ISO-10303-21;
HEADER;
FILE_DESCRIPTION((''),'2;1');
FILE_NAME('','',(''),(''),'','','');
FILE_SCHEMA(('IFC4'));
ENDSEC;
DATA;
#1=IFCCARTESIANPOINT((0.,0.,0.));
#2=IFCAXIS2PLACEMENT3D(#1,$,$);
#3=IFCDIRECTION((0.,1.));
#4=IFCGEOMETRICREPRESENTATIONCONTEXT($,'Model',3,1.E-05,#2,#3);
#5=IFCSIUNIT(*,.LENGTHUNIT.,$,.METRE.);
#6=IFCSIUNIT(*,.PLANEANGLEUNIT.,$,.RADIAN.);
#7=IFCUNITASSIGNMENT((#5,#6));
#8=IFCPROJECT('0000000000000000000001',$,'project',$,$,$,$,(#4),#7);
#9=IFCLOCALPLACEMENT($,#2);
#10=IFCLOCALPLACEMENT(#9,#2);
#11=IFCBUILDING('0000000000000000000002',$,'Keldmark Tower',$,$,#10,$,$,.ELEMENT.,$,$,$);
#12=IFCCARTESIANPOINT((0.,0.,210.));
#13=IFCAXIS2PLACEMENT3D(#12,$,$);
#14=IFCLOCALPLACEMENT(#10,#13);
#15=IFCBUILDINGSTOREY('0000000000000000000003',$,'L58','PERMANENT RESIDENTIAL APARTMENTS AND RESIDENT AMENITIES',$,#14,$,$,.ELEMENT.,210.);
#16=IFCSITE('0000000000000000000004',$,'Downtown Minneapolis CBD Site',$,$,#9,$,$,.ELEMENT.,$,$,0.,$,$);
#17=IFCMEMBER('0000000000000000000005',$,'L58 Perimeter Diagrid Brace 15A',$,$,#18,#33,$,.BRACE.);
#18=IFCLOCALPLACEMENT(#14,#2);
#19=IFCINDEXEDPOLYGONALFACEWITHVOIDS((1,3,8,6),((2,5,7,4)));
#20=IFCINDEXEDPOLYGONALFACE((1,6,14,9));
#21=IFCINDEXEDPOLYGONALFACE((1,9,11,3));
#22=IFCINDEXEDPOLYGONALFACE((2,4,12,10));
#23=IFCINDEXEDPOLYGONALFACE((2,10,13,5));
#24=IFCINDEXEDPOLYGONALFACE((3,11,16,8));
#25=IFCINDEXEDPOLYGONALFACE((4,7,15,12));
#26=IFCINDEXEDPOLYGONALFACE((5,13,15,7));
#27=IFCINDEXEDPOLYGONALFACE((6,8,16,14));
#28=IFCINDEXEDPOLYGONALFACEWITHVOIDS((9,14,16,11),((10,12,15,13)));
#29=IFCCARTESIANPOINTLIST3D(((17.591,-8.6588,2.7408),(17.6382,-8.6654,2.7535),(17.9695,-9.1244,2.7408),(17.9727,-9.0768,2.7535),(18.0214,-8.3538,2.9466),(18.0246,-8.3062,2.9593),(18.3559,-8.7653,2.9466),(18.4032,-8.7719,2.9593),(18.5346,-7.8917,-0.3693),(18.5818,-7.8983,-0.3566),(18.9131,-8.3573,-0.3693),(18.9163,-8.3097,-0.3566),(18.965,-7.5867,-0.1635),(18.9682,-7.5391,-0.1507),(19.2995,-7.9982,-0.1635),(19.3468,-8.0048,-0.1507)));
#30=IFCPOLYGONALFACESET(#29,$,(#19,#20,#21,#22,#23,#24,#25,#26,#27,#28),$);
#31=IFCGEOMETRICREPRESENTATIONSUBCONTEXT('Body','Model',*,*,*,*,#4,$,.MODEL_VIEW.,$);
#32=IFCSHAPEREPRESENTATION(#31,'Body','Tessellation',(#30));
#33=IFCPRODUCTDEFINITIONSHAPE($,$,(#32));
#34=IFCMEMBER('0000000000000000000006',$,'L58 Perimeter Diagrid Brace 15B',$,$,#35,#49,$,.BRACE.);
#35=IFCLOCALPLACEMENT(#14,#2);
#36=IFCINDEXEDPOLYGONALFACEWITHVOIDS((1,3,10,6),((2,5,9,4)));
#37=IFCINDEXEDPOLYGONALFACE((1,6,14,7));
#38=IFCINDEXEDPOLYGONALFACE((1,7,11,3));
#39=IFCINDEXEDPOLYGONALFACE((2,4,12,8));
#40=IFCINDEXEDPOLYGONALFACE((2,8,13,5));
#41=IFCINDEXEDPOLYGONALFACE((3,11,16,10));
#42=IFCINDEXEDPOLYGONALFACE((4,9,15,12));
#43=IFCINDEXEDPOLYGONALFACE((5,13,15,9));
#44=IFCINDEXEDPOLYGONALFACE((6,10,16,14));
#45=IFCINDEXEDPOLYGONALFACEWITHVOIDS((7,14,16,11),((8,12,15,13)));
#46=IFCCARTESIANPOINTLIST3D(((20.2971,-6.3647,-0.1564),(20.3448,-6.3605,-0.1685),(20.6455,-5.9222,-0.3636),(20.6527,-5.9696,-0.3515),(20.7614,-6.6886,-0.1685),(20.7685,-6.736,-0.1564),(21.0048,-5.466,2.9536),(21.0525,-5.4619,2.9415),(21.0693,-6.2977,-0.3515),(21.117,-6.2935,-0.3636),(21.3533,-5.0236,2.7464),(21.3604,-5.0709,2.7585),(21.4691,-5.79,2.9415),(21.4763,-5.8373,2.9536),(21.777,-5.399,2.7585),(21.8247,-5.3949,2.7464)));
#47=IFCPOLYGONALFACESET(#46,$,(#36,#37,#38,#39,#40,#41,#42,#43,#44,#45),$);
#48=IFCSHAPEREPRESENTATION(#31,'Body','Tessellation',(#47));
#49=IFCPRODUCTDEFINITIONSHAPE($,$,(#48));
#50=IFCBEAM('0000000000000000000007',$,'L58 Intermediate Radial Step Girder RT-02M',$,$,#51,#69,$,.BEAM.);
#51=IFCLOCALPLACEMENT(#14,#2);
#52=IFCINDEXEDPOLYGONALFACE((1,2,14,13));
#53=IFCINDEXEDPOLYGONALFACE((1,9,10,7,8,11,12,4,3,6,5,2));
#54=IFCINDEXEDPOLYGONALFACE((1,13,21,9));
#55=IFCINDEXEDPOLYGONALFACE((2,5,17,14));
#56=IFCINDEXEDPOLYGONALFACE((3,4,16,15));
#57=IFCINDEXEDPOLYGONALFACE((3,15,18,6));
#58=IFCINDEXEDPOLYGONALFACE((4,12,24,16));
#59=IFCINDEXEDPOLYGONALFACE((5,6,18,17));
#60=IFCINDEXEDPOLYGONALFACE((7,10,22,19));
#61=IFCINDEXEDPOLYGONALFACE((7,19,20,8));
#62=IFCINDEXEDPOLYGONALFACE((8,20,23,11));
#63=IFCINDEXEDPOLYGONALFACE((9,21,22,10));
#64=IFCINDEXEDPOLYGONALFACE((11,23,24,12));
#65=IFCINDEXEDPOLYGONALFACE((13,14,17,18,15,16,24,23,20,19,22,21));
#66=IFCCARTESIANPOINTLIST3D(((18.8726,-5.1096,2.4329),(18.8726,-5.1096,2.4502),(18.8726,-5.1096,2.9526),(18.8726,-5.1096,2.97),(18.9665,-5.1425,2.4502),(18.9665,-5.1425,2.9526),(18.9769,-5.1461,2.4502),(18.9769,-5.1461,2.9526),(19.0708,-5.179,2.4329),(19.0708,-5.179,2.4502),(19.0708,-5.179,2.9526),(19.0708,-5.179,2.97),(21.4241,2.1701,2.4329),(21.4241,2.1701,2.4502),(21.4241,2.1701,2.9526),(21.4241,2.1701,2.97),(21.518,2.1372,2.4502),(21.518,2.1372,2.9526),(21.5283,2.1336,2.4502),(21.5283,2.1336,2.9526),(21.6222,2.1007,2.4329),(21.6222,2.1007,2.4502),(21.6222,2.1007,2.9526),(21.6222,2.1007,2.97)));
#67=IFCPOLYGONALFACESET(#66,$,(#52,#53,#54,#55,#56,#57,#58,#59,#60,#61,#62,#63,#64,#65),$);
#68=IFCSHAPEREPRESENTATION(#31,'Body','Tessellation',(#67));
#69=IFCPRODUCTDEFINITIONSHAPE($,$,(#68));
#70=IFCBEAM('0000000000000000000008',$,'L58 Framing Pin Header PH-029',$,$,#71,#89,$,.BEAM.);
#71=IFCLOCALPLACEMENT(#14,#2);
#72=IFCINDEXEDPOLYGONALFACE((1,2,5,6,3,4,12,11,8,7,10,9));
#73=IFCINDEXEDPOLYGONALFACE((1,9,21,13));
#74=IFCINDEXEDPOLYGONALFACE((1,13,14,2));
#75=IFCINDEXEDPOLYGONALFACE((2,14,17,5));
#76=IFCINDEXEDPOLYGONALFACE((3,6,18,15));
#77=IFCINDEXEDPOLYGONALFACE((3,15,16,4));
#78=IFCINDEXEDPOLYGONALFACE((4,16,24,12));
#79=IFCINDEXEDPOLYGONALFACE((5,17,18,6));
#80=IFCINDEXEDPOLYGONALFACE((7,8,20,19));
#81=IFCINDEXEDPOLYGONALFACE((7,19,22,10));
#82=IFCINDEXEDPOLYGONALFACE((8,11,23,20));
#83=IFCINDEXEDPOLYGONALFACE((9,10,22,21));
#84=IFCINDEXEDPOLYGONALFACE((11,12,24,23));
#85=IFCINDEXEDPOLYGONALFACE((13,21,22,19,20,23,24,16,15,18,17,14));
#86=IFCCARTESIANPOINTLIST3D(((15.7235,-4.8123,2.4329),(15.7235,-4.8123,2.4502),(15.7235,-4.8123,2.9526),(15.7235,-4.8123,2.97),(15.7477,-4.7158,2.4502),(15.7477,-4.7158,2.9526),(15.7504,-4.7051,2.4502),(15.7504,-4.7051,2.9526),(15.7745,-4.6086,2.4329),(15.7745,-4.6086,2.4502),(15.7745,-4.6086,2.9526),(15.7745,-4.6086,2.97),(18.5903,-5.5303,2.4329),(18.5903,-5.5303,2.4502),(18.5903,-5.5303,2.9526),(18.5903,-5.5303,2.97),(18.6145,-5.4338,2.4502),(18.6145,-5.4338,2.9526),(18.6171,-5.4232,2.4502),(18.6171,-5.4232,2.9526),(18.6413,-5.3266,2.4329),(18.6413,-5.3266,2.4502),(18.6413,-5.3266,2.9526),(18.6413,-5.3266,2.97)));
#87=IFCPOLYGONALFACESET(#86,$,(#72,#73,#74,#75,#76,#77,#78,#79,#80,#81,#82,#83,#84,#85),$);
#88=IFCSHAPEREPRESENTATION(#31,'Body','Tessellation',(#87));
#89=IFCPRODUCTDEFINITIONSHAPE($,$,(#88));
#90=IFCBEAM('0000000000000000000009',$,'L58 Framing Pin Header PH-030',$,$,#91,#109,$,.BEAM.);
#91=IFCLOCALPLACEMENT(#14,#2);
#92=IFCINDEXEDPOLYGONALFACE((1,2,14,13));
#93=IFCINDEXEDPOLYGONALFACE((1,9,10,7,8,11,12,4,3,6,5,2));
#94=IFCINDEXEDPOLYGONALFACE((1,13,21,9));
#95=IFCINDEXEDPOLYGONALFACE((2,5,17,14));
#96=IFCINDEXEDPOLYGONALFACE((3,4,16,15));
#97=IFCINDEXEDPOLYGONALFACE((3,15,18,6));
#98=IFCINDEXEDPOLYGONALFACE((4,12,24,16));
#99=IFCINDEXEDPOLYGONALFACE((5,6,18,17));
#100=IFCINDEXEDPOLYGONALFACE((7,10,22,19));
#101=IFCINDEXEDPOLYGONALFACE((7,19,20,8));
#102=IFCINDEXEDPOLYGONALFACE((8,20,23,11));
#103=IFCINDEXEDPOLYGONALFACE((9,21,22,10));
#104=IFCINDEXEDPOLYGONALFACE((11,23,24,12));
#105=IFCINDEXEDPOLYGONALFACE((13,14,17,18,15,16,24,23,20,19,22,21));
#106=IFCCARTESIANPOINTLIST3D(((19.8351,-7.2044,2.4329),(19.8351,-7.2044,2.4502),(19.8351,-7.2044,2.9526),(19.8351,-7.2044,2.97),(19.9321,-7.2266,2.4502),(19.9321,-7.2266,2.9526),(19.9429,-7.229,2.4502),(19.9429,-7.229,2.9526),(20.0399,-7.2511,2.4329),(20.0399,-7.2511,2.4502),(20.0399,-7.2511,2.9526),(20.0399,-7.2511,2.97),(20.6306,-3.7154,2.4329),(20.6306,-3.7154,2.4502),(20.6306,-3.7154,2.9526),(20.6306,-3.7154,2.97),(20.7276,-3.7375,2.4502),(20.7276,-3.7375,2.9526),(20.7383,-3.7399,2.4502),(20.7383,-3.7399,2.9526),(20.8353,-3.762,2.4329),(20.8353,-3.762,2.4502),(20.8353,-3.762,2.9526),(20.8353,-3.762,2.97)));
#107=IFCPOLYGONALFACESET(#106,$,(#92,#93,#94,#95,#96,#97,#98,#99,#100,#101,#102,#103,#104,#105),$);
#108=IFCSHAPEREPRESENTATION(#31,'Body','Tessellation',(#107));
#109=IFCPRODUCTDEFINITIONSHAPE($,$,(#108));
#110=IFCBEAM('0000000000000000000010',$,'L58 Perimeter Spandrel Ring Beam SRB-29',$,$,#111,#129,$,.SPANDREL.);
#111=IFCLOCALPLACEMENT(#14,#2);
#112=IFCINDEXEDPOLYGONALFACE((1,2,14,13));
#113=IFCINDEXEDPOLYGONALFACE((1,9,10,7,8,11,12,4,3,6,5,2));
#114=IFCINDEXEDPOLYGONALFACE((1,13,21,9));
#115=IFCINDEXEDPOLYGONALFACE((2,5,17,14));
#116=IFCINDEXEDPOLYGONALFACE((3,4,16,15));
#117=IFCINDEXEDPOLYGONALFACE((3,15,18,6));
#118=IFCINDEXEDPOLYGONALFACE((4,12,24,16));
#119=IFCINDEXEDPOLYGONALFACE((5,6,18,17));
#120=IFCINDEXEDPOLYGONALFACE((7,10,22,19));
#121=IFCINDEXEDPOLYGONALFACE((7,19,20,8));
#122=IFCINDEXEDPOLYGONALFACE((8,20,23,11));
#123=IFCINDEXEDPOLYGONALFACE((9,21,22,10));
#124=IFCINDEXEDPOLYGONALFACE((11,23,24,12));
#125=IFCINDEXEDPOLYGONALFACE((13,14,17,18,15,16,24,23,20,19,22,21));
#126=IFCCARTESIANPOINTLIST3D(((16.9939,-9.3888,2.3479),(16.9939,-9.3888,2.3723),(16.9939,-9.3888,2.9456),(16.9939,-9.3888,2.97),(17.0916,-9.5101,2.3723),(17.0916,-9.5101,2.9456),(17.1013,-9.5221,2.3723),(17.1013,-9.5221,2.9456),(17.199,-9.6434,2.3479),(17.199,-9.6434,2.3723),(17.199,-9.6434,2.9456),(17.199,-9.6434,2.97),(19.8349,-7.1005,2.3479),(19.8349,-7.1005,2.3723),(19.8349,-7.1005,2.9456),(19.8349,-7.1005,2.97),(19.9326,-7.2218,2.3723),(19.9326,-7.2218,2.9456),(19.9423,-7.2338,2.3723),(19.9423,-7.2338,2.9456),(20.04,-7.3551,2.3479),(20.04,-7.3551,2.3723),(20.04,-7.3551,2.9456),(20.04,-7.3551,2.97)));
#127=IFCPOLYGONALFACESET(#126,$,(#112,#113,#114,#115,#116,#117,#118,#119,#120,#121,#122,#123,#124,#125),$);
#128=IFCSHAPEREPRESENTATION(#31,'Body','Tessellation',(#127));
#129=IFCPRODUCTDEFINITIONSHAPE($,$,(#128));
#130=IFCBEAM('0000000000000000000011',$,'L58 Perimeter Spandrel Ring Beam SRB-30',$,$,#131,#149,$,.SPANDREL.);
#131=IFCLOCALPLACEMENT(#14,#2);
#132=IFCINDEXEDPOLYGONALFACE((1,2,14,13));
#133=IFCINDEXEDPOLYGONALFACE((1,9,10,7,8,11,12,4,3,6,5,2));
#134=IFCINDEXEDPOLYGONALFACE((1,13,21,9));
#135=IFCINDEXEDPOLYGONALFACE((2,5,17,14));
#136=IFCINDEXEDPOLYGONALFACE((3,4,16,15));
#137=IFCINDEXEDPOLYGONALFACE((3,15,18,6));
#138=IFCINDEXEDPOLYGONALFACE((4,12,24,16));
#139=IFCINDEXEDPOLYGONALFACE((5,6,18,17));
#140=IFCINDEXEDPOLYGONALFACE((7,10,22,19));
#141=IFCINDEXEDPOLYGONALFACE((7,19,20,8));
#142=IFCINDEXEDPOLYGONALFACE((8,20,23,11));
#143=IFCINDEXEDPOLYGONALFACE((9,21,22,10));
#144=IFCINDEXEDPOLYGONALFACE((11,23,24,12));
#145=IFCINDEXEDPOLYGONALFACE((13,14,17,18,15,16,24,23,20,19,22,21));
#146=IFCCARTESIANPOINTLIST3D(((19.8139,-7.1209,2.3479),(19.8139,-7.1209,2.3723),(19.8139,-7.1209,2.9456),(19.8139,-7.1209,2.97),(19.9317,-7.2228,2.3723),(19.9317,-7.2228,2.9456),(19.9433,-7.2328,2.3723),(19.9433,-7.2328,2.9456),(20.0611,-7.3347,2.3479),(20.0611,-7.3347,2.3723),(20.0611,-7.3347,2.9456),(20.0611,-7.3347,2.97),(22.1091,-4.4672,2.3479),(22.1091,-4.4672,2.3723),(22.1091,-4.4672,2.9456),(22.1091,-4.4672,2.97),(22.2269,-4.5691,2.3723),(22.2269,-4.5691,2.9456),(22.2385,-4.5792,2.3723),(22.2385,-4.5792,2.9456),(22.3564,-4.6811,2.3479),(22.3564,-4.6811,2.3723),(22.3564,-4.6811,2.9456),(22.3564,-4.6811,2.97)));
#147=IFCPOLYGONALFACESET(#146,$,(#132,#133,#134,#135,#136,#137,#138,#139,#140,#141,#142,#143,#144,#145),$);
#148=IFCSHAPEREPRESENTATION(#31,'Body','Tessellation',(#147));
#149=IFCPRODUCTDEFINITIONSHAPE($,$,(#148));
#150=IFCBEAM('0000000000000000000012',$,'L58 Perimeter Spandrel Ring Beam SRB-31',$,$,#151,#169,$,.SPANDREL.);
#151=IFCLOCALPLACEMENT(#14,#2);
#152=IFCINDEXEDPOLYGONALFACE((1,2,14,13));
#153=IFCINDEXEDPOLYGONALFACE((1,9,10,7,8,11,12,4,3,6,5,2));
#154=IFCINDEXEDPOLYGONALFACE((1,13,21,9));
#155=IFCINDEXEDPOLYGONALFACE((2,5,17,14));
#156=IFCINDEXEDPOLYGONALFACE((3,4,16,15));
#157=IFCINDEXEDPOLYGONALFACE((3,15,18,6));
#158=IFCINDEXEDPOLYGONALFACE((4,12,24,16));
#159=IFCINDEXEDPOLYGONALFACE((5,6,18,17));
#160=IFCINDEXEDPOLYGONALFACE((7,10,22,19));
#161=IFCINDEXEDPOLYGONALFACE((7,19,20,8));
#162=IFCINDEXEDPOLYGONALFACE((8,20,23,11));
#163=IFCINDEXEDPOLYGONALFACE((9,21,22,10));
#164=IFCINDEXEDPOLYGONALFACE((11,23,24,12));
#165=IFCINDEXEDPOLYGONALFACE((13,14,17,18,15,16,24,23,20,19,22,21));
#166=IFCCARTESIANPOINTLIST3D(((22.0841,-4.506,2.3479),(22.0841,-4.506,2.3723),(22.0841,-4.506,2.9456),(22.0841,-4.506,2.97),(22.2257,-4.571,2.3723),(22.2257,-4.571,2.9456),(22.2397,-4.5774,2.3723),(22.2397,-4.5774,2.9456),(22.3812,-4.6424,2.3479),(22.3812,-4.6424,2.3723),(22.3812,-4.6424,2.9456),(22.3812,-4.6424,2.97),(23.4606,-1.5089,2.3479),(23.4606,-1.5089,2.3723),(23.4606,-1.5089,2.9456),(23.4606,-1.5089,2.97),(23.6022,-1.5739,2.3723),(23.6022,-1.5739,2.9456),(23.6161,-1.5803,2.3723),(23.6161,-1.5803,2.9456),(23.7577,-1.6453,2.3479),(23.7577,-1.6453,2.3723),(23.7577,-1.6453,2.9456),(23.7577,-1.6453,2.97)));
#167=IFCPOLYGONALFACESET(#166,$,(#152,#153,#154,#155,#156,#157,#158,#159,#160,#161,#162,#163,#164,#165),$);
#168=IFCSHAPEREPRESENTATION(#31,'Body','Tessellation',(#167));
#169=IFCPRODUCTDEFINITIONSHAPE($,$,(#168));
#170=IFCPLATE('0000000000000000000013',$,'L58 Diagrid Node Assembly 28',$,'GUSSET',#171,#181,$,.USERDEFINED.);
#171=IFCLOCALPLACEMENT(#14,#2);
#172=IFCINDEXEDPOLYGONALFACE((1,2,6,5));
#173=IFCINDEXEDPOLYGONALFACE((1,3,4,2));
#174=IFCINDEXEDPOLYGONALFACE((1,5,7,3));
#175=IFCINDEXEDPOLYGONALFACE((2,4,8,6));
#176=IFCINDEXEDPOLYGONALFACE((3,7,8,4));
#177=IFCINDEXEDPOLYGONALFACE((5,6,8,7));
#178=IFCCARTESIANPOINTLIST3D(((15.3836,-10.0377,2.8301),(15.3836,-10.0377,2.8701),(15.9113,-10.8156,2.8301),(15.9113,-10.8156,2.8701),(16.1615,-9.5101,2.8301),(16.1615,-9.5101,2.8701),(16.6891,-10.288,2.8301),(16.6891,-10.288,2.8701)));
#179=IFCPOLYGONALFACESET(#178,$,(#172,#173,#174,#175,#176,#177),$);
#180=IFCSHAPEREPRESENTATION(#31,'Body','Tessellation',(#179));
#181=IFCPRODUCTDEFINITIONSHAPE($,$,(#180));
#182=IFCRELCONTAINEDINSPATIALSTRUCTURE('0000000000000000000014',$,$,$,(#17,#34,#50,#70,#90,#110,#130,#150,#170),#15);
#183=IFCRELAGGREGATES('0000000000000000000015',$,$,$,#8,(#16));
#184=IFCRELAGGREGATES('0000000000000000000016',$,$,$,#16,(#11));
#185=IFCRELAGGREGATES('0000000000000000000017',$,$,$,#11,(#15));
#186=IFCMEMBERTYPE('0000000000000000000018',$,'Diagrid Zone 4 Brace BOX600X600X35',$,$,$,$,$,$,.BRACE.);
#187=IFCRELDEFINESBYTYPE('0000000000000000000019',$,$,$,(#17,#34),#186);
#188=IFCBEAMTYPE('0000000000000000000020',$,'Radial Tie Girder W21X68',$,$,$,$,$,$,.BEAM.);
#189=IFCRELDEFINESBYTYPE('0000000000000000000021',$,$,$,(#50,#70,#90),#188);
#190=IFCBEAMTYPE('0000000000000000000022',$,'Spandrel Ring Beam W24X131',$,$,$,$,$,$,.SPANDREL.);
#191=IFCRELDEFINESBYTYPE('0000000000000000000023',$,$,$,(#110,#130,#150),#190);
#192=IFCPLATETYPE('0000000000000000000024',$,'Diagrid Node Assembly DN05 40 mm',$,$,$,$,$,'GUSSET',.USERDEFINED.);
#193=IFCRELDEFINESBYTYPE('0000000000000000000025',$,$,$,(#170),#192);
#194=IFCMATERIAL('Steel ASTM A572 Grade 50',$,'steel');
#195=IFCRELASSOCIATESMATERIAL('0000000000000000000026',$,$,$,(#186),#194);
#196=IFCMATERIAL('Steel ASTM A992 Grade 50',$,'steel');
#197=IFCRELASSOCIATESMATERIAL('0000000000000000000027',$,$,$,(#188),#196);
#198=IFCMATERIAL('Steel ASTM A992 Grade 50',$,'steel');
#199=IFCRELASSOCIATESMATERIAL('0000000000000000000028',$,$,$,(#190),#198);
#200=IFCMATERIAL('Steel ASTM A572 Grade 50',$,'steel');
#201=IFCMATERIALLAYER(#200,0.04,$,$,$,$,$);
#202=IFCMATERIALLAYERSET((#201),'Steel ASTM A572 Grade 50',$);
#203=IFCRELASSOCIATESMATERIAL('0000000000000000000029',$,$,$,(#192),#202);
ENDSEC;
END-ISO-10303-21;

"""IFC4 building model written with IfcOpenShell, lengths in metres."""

from ifc_helpers import new_model, si_unit, direction, frame, origin, origin_2d, place, context, subcontext, project, spatial, rectangle, hollow_rectangle, i_section, extrude, material, layer, layer_set, material_profile, profile_set, type_object, element, save


model = new_model("IFC4")

# Units and contexts
model_context = context("Model", 3, precision=1e-05, world=origin(), true_north=direction((0.0, 1.0)))
body_context = subcontext(model_context, "Body", "Model", "MODEL_VIEW")
ifc_project = project(units=[si_unit("LENGTHUNIT", "METRE"), si_unit("PLANEANGLEUNIT", "RADIAN")], contexts=[model_context])

# Site, building, storey
site_placement = place(None, origin())
site = spatial("IfcSite", under=ifc_project, at=site_placement, Name="Downtown Minneapolis CBD Site", CompositionType="ELEMENT", RefElevation=0.0)
building_placement = place(site_placement, origin())
building = spatial("IfcBuilding", under=site, at=building_placement, Name="Keldmark Tower", CompositionType="ELEMENT")
storey_placement = place(building_placement, frame((0.0, 0.0, 210.0)))
storey = spatial("IfcBuildingStorey", under=building, at=storey_placement, Name="L58", Description="PERMANENT RESIDENTIAL APARTMENTS AND RESIDENT AMENITIES", CompositionType="ELEMENT", Elevation=210.0)

# Members
ifc_material_1 = material(Name="Steel ASTM A572 Grade 50", Category="steel")
ifc_material_profile_1 = material_profile(ifc_material_1, hollow_rectangle(XDim=0.6001, YDim=0.6001, WallThickness=0.0349, at=origin_2d()), Name="BOX600X600X35")
ifc_profile_set_1 = profile_set([ifc_material_profile_1], Name="Steel ASTM A572 Grade 50")
member_type = type_object("IfcMemberType", Name="Diagrid Zone 4 Brace BOX600X600X35", PredefinedType="BRACE", material=ifc_profile_set_1)
member_1_placement = place(storey_placement, frame((18.9407, -7.9482, -0.26), z_axis=(-0.282567, -0.229709, 0.931338), x_axis=(0.630797, -0.775948, 0.0)))
element("IfcMember", 1, at=member_1_placement, inside=storey, type_object=member_type, Name="L58 Perimeter Diagrid Brace 15A", PredefinedType="BRACE", context=body_context, shape_type="SweptSolid", body=[
    extrude(hollow_rectangle(XDim=0.6001, YDim=0.6001, WallThickness=0.0349, at=origin_2d()), origin(), (0.0, 0.0, 1.0), 3.3394),
])
member_2_placement = place(storey_placement, frame((20.707, -6.3291, -0.26), z_axis=(0.21358, 0.271193, 0.93853), x_axis=(-0.785614, 0.618717, 0.0)))
element("IfcMember", 2, at=member_2_placement, inside=storey, type_object=member_type, Name="L58 Perimeter Diagrid Brace 15B", PredefinedType="BRACE", context=body_context, shape_type="SweptSolid", body=[
    extrude(hollow_rectangle(XDim=0.6001, YDim=0.6001, WallThickness=0.0349, at=origin_2d()), origin(), (0.0, 0.0, 1.0), 3.3137),
])

# Beams
ifc_material_2 = material(Name="Steel ASTM A992 Grade 50", Category="steel")
ifc_material_profile_2 = material_profile(ifc_material_2, i_section(OverallWidth=0.21, OverallDepth=0.5371, WebThickness=0.011, FlangeThickness=0.0173, at=origin_2d()), Name="W21X68")
ifc_profile_set_2 = profile_set([ifc_material_profile_2], Name="Steel ASTM A992 Grade 50")
beam_type_1 = type_object("IfcBeamType", Name="Radial Tie Girder W21X68", PredefinedType="BEAM", material=ifc_profile_set_2)
beam_1_placement = place(storey_placement, frame((18.9717, -5.1443, 2.7014), z_axis=(0.330765, 0.943713, 0.0), x_axis=(-0.943713, 0.330765, 0.0)))
element("IfcBeam", 3, at=beam_1_placement, inside=storey, type_object=beam_type_1, Name="L58 Intermediate Radial Step Girder RT-02M", PredefinedType="BEAM", context=body_context, shape_type="SweptSolid", body=[
    extrude(i_section(OverallWidth=0.21, OverallDepth=0.5371, WebThickness=0.011, FlangeThickness=0.0173, at=origin_2d()), origin(), (0.0, 0.0, 1.0), 7.7139),
])
beam_2_placement = place(storey_placement, frame((15.749, -4.7104, 2.7014), z_axis=(0.970035, -0.242963, 0.0), x_axis=(0.242963, 0.970035, 0.0)))
element("IfcBeam", 4, at=beam_2_placement, inside=storey, type_object=beam_type_1, Name="L58 Framing Pin Header PH-029", PredefinedType="BEAM", context=body_context, shape_type="SweptSolid", body=[
    extrude(i_section(OverallWidth=0.21, OverallDepth=0.5371, WebThickness=0.011, FlangeThickness=0.0173, at=origin_2d()), origin(), (0.0, 0.0, 1.0), 2.9553),
])
beam_3_placement = place(storey_placement, frame((19.9375, -7.2278, 2.7014), z_axis=(0.222273, 0.974985, 0.0), x_axis=(-0.974985, 0.222273, 0.0)))
element("IfcBeam", 5, at=beam_3_placement, inside=storey, type_object=beam_type_1, Name="L58 Framing Pin Header PH-030", PredefinedType="BEAM", context=body_context, shape_type="SweptSolid", body=[
    extrude(i_section(OverallWidth=0.21, OverallDepth=0.5371, WebThickness=0.011, FlangeThickness=0.0173, at=origin_2d()), origin(), (0.0, 0.0, 1.0), 3.5786),
])
ifc_material_3 = material(Name="Steel ASTM A992 Grade 50", Category="steel")
ifc_material_profile_3 = material_profile(ifc_material_3, i_section(OverallWidth=0.3269, OverallDepth=0.6221, WebThickness=0.0154, FlangeThickness=0.0244, at=origin_2d()), Name="W24X131")
ifc_profile_set_3 = profile_set([ifc_material_profile_3], Name="Steel ASTM A992 Grade 50")
beam_type_2 = type_object("IfcBeamType", Name="Spandrel Ring Beam W24X131", PredefinedType="SPANDREL", material=ifc_profile_set_3)
beam_4_placement = place(storey_placement, frame((17.0964, -9.5161, 2.6589), z_axis=(0.778795, 0.627279, 0.0), x_axis=(-0.627279, 0.778795, 0.0)))
element("IfcBeam", 6, at=beam_4_placement, inside=storey, type_object=beam_type_2, Name="L58 Perimeter Spandrel Ring Beam SRB-29", PredefinedType="SPANDREL", context=body_context, shape_type="SweptSolid", body=[
    extrude(i_section(OverallWidth=0.3269, OverallDepth=0.6221, WebThickness=0.0154, FlangeThickness=0.0244, at=origin_2d()), origin(), (0.0, 0.0, 1.0), 3.6479),
])
beam_5_placement = place(storey_placement, frame((19.9375, -7.2278, 2.6589), z_axis=(0.654183, 0.756336, 0.0), x_axis=(-0.756336, 0.654183, 0.0)))
element("IfcBeam", 7, at=beam_5_placement, inside=storey, type_object=beam_type_2, Name="L58 Perimeter Spandrel Ring Beam SRB-30", PredefinedType="SPANDREL", context=body_context, shape_type="SweptSolid", body=[
    extrude(i_section(OverallWidth=0.3269, OverallDepth=0.6221, WebThickness=0.0154, FlangeThickness=0.0244, at=origin_2d()), origin(), (0.0, 0.0, 1.0), 3.5085),
])
beam_6_placement = place(storey_placement, frame((22.2327, -4.5742, 2.6589), z_axis=(0.417358, 0.908742, 0.0), x_axis=(-0.908742, 0.417358, 0.0)))
element("IfcBeam", 8, at=beam_6_placement, inside=storey, type_object=beam_type_2, Name="L58 Perimeter Spandrel Ring Beam SRB-31", PredefinedType="SPANDREL", context=body_context, shape_type="SweptSolid", body=[
    extrude(i_section(OverallWidth=0.3269, OverallDepth=0.6221, WebThickness=0.0154, FlangeThickness=0.0244, at=origin_2d()), origin(), (0.0, 0.0, 1.0), 3.2981),
])

# Plate
ifc_material_4 = material(Name="Steel ASTM A572 Grade 50", Category="steel")
ifc_layer_1 = layer(ifc_material_4, 0.04)
ifc_layer_set_1 = layer_set([ifc_layer_1], Name="Steel ASTM A572 Grade 50")
plate_type = type_object("IfcPlateType", Name="Diagrid Node Assembly DN05 40 mm", ElementType="GUSSET", PredefinedType="USERDEFINED", material=ifc_layer_set_1)
for number, where, z_axis, x_axis, name in (
    (9, (16.0364, -10.1628, 2.8301), (0.0, 0.0, 1.0), (0.827571, 0.561361, 0.0), "L58 Diagrid Node Assembly 28"),
):
    element("IfcPlate", number, at=place(storey_placement, frame(where, z_axis=z_axis, x_axis=x_axis)), inside=storey, type_object=plate_type, Name=name, ObjectType="GUSSET", PredefinedType="USERDEFINED", context=body_context, shape_type="SweptSolid", body=[
        extrude(rectangle(XDim=0.9399, YDim=0.9399, at=origin_2d()), origin(), (0.0, 0.0, 1.0), 0.04),
    ])

save(model, "model.ifc")
